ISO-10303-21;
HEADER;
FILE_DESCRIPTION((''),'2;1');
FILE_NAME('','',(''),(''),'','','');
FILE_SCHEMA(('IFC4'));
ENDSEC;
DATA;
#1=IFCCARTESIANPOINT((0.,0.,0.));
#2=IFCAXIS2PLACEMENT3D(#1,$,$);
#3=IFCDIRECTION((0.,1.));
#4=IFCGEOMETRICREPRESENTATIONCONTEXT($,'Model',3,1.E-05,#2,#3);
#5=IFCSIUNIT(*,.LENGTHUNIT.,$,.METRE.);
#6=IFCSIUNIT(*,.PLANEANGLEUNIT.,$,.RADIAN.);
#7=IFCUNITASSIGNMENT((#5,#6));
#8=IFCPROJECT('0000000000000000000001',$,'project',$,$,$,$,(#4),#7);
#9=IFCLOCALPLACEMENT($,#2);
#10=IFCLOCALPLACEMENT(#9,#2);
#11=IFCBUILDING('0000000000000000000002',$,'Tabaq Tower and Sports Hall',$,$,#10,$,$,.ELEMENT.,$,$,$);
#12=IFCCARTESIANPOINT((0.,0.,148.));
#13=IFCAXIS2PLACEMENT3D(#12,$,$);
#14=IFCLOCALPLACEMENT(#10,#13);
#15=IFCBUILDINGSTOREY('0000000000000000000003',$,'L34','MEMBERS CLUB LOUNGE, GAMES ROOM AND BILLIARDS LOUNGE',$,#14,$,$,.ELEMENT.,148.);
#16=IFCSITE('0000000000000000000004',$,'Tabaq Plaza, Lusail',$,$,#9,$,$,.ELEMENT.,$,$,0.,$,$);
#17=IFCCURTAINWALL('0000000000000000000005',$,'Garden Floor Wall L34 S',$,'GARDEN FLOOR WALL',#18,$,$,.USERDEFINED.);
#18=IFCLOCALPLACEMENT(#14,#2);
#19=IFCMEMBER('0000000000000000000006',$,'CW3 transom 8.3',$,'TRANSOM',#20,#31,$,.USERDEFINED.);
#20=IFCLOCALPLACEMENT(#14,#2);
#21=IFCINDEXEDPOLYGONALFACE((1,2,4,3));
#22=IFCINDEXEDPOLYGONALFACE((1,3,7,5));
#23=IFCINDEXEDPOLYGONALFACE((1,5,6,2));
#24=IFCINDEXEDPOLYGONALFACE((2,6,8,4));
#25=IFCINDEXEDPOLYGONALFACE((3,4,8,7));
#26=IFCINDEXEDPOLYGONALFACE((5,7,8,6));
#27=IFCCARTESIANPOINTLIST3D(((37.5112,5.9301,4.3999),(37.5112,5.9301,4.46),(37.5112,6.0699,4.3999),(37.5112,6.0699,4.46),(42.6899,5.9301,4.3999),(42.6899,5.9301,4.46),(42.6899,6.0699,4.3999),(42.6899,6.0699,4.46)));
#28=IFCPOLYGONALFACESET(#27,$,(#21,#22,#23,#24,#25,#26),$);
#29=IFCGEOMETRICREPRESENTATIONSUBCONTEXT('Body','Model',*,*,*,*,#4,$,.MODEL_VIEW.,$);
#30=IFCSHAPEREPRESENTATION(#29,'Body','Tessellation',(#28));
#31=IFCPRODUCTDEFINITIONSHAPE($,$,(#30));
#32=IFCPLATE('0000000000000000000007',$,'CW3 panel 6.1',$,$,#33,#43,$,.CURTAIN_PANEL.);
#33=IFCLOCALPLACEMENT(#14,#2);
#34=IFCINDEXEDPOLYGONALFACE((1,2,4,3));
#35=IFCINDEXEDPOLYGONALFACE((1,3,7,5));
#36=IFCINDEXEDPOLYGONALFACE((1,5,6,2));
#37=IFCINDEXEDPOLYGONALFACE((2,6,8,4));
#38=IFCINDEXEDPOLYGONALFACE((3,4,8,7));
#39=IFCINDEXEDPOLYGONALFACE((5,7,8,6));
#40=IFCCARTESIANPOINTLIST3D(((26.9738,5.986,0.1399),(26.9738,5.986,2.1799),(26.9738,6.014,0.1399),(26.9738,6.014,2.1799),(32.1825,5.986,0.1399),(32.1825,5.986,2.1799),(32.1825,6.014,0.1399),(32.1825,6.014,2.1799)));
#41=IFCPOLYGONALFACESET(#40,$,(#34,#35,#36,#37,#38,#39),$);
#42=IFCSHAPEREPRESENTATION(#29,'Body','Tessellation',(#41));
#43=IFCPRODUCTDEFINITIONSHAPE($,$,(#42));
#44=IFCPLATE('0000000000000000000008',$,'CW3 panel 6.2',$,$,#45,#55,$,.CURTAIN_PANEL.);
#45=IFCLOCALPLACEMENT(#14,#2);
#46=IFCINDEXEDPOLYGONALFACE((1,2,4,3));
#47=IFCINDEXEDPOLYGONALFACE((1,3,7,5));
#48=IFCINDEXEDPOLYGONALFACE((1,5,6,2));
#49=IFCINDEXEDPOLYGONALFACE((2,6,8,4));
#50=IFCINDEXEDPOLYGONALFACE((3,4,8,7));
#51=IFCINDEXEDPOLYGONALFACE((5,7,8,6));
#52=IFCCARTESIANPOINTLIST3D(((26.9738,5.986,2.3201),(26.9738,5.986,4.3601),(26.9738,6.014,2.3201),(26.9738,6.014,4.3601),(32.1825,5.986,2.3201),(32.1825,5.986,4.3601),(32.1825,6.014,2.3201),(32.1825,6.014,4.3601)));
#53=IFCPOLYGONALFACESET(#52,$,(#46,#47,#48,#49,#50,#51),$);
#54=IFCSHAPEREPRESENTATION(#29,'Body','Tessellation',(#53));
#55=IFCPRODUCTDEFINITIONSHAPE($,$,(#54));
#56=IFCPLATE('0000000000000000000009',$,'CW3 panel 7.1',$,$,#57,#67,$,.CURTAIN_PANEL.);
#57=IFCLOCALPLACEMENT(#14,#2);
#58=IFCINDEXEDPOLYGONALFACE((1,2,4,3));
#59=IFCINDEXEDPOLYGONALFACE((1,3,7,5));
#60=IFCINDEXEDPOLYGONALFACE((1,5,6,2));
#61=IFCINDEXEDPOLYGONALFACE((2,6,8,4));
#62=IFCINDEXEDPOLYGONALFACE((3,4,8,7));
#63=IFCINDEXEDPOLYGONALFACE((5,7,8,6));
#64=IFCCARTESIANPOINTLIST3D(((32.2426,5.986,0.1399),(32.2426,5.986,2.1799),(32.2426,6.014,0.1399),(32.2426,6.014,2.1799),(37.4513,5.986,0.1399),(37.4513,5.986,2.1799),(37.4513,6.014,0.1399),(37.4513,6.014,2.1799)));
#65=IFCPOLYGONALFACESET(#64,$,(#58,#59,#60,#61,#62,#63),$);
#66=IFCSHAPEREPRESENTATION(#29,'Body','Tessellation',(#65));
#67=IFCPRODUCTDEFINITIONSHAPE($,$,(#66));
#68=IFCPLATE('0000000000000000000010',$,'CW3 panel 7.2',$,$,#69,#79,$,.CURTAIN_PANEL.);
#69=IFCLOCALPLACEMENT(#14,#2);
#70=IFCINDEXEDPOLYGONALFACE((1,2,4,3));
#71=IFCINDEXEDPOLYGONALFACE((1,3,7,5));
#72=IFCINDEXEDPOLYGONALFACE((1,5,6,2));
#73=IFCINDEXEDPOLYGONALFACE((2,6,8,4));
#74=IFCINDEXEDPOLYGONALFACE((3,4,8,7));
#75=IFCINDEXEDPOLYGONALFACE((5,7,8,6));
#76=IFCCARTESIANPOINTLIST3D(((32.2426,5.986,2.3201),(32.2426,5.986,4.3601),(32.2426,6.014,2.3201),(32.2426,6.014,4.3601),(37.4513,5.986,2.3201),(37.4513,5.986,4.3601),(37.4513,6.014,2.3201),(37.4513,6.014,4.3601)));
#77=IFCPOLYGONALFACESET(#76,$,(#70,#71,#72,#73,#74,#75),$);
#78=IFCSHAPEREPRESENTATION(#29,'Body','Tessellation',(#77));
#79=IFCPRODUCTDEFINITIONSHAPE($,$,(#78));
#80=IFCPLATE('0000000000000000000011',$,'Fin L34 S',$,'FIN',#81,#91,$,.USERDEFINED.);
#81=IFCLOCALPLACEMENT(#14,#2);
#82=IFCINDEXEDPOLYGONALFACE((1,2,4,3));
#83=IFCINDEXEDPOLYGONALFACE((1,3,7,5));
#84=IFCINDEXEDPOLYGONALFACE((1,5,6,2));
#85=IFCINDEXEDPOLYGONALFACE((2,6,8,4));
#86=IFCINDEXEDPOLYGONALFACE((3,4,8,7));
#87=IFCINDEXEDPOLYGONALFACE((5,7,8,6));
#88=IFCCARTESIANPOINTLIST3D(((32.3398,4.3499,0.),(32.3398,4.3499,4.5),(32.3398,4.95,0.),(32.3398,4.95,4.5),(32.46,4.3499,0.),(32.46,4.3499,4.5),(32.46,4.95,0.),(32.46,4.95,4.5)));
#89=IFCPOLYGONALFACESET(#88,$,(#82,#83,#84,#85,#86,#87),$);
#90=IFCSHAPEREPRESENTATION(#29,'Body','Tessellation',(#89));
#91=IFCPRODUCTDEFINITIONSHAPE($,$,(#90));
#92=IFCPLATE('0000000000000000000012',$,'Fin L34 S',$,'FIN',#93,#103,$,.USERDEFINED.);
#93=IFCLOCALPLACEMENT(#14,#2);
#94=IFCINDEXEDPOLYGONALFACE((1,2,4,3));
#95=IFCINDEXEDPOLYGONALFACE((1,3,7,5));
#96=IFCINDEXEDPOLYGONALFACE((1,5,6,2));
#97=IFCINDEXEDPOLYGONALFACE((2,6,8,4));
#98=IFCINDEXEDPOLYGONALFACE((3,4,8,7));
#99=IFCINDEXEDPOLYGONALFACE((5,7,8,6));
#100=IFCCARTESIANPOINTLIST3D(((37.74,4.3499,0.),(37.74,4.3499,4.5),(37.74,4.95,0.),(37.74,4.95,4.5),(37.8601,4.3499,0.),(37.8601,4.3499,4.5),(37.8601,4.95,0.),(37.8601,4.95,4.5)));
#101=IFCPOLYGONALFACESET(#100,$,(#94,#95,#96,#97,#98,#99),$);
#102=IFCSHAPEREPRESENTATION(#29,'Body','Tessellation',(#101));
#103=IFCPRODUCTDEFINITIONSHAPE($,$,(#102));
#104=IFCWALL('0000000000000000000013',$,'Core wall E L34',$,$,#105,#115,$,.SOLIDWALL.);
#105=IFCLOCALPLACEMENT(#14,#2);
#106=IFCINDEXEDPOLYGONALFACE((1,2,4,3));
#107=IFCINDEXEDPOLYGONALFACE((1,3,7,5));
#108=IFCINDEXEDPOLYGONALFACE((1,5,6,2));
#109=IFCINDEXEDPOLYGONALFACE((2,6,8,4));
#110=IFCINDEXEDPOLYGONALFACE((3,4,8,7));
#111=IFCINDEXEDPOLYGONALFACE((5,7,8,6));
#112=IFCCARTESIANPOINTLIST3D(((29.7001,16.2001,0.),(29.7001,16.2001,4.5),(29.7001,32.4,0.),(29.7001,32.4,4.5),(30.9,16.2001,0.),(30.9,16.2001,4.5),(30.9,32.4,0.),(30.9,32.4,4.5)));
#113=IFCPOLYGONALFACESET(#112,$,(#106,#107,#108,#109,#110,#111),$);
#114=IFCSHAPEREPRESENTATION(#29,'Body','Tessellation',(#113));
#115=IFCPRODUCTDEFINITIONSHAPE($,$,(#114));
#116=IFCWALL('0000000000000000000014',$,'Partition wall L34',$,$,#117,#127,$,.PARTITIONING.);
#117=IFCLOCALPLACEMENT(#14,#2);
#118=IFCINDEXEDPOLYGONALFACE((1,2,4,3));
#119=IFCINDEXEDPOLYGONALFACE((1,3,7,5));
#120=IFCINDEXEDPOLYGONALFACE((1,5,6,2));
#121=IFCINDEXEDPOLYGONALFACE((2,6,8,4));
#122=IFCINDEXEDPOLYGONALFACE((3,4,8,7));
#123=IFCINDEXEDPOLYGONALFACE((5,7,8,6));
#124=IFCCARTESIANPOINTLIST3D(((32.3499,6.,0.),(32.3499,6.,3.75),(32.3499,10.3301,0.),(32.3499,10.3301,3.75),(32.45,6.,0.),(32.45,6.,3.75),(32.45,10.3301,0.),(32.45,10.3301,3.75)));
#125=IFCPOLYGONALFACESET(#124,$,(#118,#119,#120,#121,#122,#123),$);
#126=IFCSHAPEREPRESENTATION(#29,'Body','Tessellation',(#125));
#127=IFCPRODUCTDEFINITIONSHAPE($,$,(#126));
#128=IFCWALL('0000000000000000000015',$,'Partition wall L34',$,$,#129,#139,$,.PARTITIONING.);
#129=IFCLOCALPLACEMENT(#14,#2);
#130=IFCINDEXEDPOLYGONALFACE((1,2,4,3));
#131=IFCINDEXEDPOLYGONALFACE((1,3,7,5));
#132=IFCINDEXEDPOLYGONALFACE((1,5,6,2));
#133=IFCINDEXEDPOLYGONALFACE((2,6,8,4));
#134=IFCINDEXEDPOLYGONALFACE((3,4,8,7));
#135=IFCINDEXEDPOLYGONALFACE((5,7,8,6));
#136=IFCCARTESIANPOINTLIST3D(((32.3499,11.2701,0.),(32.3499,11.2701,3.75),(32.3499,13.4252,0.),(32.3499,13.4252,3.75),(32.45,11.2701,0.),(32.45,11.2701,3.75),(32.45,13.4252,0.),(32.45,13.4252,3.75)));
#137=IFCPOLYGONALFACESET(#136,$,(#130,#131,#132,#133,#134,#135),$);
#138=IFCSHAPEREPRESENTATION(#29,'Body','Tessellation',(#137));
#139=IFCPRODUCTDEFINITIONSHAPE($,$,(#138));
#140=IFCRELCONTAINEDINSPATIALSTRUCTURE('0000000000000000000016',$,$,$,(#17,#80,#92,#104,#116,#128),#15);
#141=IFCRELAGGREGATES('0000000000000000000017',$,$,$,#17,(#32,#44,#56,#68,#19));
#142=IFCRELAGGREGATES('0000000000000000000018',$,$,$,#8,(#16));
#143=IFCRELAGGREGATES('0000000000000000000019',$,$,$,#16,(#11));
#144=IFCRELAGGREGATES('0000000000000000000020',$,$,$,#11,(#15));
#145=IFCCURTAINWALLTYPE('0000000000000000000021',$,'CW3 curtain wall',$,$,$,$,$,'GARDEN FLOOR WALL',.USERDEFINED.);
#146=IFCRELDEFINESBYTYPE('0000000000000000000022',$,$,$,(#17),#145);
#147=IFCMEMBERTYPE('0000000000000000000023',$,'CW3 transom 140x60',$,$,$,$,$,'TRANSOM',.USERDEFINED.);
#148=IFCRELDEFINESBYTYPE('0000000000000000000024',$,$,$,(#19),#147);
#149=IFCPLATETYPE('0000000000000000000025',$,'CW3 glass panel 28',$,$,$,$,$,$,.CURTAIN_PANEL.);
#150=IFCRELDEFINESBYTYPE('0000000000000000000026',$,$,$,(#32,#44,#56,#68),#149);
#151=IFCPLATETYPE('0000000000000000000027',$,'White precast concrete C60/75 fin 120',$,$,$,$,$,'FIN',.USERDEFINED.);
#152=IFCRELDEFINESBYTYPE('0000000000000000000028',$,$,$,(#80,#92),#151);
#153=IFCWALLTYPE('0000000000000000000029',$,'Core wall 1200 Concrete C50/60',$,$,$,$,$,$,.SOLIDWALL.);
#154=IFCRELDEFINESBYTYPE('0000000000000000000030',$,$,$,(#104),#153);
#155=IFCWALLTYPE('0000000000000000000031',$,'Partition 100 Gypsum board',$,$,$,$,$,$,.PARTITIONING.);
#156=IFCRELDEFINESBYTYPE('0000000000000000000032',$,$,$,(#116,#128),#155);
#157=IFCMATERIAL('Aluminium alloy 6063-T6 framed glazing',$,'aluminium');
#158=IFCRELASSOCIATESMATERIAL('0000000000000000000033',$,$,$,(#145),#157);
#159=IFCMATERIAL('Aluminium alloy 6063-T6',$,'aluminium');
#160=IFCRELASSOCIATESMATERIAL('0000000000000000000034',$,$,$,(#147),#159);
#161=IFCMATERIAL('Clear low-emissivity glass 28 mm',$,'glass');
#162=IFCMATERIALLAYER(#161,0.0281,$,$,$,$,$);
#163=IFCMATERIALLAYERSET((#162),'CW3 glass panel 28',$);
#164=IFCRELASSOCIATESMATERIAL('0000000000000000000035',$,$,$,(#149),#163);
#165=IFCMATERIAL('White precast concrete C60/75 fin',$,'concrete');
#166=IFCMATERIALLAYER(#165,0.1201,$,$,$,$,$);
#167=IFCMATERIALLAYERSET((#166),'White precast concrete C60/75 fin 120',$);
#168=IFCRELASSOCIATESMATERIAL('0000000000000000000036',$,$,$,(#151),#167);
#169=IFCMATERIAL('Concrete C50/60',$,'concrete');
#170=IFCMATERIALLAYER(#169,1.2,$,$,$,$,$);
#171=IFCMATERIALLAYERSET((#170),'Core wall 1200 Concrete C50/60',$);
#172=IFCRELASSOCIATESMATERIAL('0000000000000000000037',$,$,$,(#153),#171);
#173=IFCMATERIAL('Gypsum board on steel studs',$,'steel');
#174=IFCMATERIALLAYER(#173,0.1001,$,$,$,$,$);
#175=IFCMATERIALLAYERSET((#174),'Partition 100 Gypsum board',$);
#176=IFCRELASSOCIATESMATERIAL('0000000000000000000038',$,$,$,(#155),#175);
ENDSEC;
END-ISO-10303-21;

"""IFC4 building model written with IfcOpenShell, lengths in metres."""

from ifc_helpers import new_model, si_unit, direction, frame, frame_2d, origin, origin_2d, place, context, subcontext, project, spatial, rectangle, extrude, material, layer, layer_set, material_profile, profile_set, type_object, element, aggregate, save


model = new_model("IFC4")

# Units and contexts
model_context = context("Model", 3, precision=1e-05, world=origin(), true_north=direction((0.0, 1.0)))
body_context = subcontext(model_context, "Body", "Model", "MODEL_VIEW")
ifc_project = project(units=[si_unit("LENGTHUNIT", "METRE"), si_unit("PLANEANGLEUNIT", "RADIAN")], contexts=[model_context])

# Site, building, storey
site_placement = place(None, origin())
site = spatial("IfcSite", under=ifc_project, at=site_placement, Name="Tabaq Plaza, Lusail", CompositionType="ELEMENT", RefElevation=0.0)
building_placement = place(site_placement, origin())
building = spatial("IfcBuilding", under=site, at=building_placement, Name="Tabaq Tower and Sports Hall", CompositionType="ELEMENT")
storey_placement = place(building_placement, frame((0.0, 0.0, 148.0)))
storey = spatial("IfcBuildingStorey", under=building, at=storey_placement, Name="L34", Description="MEMBERS CLUB LOUNGE, GAMES ROOM AND BILLIARDS LOUNGE", CompositionType="ELEMENT", Elevation=148.0)

# Curtain wall, member, plates
ifc_material_1 = material(Name="Aluminium alloy 6063-T6 framed glazing", Category="aluminium")
curtain_wall_type_1 = type_object("IfcCurtainWallType", Name="CW3 curtain wall", ElementType="GARDEN FLOOR WALL", PredefinedType="USERDEFINED", material=ifc_material_1)
curtain_wall_1_placement = place(storey_placement, origin())
curtain_wall_1 = element("IfcCurtainWall", 1, at=curtain_wall_1_placement, inside=storey, type_object=curtain_wall_type_1, Name="Garden Floor Wall L34 S", ObjectType="GARDEN FLOOR WALL", PredefinedType="USERDEFINED")
ifc_material_2 = material(Name="Aluminium alloy 6063-T6", Category="aluminium")
ifc_material_profile_1 = material_profile(ifc_material_2, rectangle(XDim=0.1399, YDim=0.0601, at=origin_2d()), Name="TRANSOM 140x60")
ifc_profile_set_1 = profile_set([ifc_material_profile_1], Name="Aluminium alloy 6063-T6")
member_type_1 = type_object("IfcMemberType", Name="CW3 transom 140x60", ElementType="TRANSOM", PredefinedType="USERDEFINED", material=ifc_profile_set_1)
member_1_placement = place(storey_placement, frame((37.5112, 6.0, 4.4299), z_axis=(1.0, 0.0, 0.0), x_axis=(0.0, 1.0, 0.0)))
member_1 = element("IfcMember", 2, at=member_1_placement, type_object=member_type_1, Name="CW3 transom 8.3", ObjectType="TRANSOM", PredefinedType="USERDEFINED", context=body_context, shape_type="SweptSolid", body=[
    extrude(rectangle(XDim=0.1399, YDim=0.0601, at=origin_2d()), origin(), (0.0, 0.0, 1.0), 5.1787),
])
ifc_material_3 = material(Name="Clear low-emissivity glass 28 mm", Category="glass")
ifc_layer_1 = layer(ifc_material_3, 0.0281)
ifc_layer_set_1 = layer_set([ifc_layer_1], Name="CW3 glass panel 28")
plate_type_1 = type_object("IfcPlateType", Name="CW3 glass panel 28", PredefinedType="CURTAIN_PANEL", material=ifc_layer_set_1)
plate_1_placement = place(storey_placement, frame((29.5781, 6.0, 0.1399), z_axis=(0.0, 0.0, 1.0), x_axis=(1.0, 0.0, 0.0)))
plate_1 = element("IfcPlate", 3, at=plate_1_placement, type_object=plate_type_1, Name="CW3 panel 6.1", PredefinedType="CURTAIN_PANEL", context=body_context, shape_type="SweptSolid", body=[
    extrude(rectangle(XDim=5.2087, YDim=0.0281, at=origin_2d()), origin(), (0.0, 0.0, 1.0), 2.04),
])
plate_2_placement = place(storey_placement, frame((29.5781, 6.0, 2.3201), z_axis=(0.0, 0.0, 1.0), x_axis=(1.0, 0.0, 0.0)))
plate_2 = element("IfcPlate", 4, at=plate_2_placement, type_object=plate_type_1, Name="CW3 panel 6.2", PredefinedType="CURTAIN_PANEL", context=body_context, shape_type="SweptSolid", body=[
    extrude(rectangle(XDim=5.2087, YDim=0.0281, at=origin_2d()), origin(), (0.0, 0.0, 1.0), 2.04),
])
plate_3_placement = place(storey_placement, frame((34.8469, 6.0, 0.1399), z_axis=(0.0, 0.0, 1.0), x_axis=(1.0, 0.0, 0.0)))
plate_3 = element("IfcPlate", 5, at=plate_3_placement, type_object=plate_type_1, Name="CW3 panel 7.1", PredefinedType="CURTAIN_PANEL", context=body_context, shape_type="SweptSolid", body=[
    extrude(rectangle(XDim=5.2087, YDim=0.0281, at=origin_2d()), origin(), (0.0, 0.0, 1.0), 2.04),
])
plate_4_placement = place(storey_placement, frame((34.8469, 6.0, 2.3201), z_axis=(0.0, 0.0, 1.0), x_axis=(1.0, 0.0, 0.0)))
plate_4 = element("IfcPlate", 6, at=plate_4_placement, type_object=plate_type_1, Name="CW3 panel 7.2", PredefinedType="CURTAIN_PANEL", context=body_context, shape_type="SweptSolid", body=[
    extrude(rectangle(XDim=5.2087, YDim=0.0281, at=origin_2d()), origin(), (0.0, 0.0, 1.0), 2.04),
])
aggregate(curtain_wall_1, [plate_1, plate_2, plate_3, plate_4, member_1])

# Plates
ifc_material_4 = material(Name="White precast concrete C60/75 fin", Category="concrete")
ifc_layer_2 = layer(ifc_material_4, 0.1201)
ifc_layer_set_2 = layer_set([ifc_layer_2], Name="White precast concrete C60/75 fin 120")
plate_type_2 = type_object("IfcPlateType", Name="White precast concrete C60/75 fin 120", ElementType="FIN", PredefinedType="USERDEFINED", material=ifc_layer_set_2)
for number, where, z_axis, x_axis, name in (
    (7, (32.3999, 4.6499, 0.0), (0.0, 0.0, 1.0), (1.0, 0.0, 0.0), "Fin L34 S"),
    (8, (37.8, 4.6499, 0.0), (0.0, 0.0, 1.0), (1.0, 0.0, 0.0), "Fin L34 S"),
):
    element("IfcPlate", number, at=place(storey_placement, frame(where, z_axis=z_axis, x_axis=x_axis)), inside=storey, type_object=plate_type_2, Name=name, ObjectType="FIN", PredefinedType="USERDEFINED", context=body_context, shape_type="SweptSolid", body=[
        extrude(rectangle(XDim=0.1201, YDim=0.6001, at=origin_2d()), origin(), (0.0, 0.0, 1.0), 4.5),
    ])

# Walls
ifc_material_5 = material(Name="Concrete C50/60", Category="concrete")
ifc_layer_3 = layer(ifc_material_5, 1.2)
ifc_layer_set_3 = layer_set([ifc_layer_3], Name="Core wall 1200 Concrete C50/60")
wall_type_1 = type_object("IfcWallType", Name="Core wall 1200 Concrete C50/60", PredefinedType="SOLIDWALL", material=ifc_layer_set_3)
wall_1_placement = place(storey_placement, frame((30.3, 16.2, 0.0), z_axis=(0.0, 0.0, 1.0), x_axis=(0.0, 1.0, 0.0)))
element("IfcWall", 9, at=wall_1_placement, inside=storey, type_object=wall_type_1, Name="Core wall E L34", PredefinedType="SOLIDWALL", context=body_context, shape_type="SweptSolid", body=[
    extrude(rectangle(XDim=16.2, YDim=1.2, at=frame_2d((8.1001, 0.0))), origin(), (0.0, 0.0, 1.0), 4.5),
])
ifc_material_6 = material(Name="Gypsum board on steel studs", Category="steel")
ifc_layer_4 = layer(ifc_material_6, 0.1001)
ifc_layer_set_4 = layer_set([ifc_layer_4], Name="Partition 100 Gypsum board")
wall_type_2 = type_object("IfcWallType", Name="Partition 100 Gypsum board", PredefinedType="PARTITIONING", material=ifc_layer_set_4)
wall_2_placement = place(storey_placement, frame((32.3999, 6.0, 0.0), z_axis=(0.0, 0.0, 1.0), x_axis=(0.0, 1.0, 0.0)))
element("IfcWall", 10, at=wall_2_placement, inside=storey, type_object=wall_type_2, Name="Partition wall L34", PredefinedType="PARTITIONING", context=body_context, shape_type="SweptSolid", body=[
    extrude(rectangle(XDim=4.3301, YDim=0.1001, at=frame_2d((2.165, 0.0))), origin(), (0.0, 0.0, 1.0), 3.75),
])
wall_3_placement = place(storey_placement, frame((32.3999, 11.27, 0.0), z_axis=(0.0, 0.0, 1.0), x_axis=(0.0, 1.0, 0.0)))
element("IfcWall", 11, at=wall_3_placement, inside=storey, type_object=wall_type_2, Name="Partition wall L34", PredefinedType="PARTITIONING", context=body_context, shape_type="SweptSolid", body=[
    extrude(rectangle(XDim=2.155, YDim=0.1001, at=frame_2d((1.0776, 0.0))), origin(), (0.0, 0.0, 1.0), 3.75),
])

save(model, "model.ifc")
